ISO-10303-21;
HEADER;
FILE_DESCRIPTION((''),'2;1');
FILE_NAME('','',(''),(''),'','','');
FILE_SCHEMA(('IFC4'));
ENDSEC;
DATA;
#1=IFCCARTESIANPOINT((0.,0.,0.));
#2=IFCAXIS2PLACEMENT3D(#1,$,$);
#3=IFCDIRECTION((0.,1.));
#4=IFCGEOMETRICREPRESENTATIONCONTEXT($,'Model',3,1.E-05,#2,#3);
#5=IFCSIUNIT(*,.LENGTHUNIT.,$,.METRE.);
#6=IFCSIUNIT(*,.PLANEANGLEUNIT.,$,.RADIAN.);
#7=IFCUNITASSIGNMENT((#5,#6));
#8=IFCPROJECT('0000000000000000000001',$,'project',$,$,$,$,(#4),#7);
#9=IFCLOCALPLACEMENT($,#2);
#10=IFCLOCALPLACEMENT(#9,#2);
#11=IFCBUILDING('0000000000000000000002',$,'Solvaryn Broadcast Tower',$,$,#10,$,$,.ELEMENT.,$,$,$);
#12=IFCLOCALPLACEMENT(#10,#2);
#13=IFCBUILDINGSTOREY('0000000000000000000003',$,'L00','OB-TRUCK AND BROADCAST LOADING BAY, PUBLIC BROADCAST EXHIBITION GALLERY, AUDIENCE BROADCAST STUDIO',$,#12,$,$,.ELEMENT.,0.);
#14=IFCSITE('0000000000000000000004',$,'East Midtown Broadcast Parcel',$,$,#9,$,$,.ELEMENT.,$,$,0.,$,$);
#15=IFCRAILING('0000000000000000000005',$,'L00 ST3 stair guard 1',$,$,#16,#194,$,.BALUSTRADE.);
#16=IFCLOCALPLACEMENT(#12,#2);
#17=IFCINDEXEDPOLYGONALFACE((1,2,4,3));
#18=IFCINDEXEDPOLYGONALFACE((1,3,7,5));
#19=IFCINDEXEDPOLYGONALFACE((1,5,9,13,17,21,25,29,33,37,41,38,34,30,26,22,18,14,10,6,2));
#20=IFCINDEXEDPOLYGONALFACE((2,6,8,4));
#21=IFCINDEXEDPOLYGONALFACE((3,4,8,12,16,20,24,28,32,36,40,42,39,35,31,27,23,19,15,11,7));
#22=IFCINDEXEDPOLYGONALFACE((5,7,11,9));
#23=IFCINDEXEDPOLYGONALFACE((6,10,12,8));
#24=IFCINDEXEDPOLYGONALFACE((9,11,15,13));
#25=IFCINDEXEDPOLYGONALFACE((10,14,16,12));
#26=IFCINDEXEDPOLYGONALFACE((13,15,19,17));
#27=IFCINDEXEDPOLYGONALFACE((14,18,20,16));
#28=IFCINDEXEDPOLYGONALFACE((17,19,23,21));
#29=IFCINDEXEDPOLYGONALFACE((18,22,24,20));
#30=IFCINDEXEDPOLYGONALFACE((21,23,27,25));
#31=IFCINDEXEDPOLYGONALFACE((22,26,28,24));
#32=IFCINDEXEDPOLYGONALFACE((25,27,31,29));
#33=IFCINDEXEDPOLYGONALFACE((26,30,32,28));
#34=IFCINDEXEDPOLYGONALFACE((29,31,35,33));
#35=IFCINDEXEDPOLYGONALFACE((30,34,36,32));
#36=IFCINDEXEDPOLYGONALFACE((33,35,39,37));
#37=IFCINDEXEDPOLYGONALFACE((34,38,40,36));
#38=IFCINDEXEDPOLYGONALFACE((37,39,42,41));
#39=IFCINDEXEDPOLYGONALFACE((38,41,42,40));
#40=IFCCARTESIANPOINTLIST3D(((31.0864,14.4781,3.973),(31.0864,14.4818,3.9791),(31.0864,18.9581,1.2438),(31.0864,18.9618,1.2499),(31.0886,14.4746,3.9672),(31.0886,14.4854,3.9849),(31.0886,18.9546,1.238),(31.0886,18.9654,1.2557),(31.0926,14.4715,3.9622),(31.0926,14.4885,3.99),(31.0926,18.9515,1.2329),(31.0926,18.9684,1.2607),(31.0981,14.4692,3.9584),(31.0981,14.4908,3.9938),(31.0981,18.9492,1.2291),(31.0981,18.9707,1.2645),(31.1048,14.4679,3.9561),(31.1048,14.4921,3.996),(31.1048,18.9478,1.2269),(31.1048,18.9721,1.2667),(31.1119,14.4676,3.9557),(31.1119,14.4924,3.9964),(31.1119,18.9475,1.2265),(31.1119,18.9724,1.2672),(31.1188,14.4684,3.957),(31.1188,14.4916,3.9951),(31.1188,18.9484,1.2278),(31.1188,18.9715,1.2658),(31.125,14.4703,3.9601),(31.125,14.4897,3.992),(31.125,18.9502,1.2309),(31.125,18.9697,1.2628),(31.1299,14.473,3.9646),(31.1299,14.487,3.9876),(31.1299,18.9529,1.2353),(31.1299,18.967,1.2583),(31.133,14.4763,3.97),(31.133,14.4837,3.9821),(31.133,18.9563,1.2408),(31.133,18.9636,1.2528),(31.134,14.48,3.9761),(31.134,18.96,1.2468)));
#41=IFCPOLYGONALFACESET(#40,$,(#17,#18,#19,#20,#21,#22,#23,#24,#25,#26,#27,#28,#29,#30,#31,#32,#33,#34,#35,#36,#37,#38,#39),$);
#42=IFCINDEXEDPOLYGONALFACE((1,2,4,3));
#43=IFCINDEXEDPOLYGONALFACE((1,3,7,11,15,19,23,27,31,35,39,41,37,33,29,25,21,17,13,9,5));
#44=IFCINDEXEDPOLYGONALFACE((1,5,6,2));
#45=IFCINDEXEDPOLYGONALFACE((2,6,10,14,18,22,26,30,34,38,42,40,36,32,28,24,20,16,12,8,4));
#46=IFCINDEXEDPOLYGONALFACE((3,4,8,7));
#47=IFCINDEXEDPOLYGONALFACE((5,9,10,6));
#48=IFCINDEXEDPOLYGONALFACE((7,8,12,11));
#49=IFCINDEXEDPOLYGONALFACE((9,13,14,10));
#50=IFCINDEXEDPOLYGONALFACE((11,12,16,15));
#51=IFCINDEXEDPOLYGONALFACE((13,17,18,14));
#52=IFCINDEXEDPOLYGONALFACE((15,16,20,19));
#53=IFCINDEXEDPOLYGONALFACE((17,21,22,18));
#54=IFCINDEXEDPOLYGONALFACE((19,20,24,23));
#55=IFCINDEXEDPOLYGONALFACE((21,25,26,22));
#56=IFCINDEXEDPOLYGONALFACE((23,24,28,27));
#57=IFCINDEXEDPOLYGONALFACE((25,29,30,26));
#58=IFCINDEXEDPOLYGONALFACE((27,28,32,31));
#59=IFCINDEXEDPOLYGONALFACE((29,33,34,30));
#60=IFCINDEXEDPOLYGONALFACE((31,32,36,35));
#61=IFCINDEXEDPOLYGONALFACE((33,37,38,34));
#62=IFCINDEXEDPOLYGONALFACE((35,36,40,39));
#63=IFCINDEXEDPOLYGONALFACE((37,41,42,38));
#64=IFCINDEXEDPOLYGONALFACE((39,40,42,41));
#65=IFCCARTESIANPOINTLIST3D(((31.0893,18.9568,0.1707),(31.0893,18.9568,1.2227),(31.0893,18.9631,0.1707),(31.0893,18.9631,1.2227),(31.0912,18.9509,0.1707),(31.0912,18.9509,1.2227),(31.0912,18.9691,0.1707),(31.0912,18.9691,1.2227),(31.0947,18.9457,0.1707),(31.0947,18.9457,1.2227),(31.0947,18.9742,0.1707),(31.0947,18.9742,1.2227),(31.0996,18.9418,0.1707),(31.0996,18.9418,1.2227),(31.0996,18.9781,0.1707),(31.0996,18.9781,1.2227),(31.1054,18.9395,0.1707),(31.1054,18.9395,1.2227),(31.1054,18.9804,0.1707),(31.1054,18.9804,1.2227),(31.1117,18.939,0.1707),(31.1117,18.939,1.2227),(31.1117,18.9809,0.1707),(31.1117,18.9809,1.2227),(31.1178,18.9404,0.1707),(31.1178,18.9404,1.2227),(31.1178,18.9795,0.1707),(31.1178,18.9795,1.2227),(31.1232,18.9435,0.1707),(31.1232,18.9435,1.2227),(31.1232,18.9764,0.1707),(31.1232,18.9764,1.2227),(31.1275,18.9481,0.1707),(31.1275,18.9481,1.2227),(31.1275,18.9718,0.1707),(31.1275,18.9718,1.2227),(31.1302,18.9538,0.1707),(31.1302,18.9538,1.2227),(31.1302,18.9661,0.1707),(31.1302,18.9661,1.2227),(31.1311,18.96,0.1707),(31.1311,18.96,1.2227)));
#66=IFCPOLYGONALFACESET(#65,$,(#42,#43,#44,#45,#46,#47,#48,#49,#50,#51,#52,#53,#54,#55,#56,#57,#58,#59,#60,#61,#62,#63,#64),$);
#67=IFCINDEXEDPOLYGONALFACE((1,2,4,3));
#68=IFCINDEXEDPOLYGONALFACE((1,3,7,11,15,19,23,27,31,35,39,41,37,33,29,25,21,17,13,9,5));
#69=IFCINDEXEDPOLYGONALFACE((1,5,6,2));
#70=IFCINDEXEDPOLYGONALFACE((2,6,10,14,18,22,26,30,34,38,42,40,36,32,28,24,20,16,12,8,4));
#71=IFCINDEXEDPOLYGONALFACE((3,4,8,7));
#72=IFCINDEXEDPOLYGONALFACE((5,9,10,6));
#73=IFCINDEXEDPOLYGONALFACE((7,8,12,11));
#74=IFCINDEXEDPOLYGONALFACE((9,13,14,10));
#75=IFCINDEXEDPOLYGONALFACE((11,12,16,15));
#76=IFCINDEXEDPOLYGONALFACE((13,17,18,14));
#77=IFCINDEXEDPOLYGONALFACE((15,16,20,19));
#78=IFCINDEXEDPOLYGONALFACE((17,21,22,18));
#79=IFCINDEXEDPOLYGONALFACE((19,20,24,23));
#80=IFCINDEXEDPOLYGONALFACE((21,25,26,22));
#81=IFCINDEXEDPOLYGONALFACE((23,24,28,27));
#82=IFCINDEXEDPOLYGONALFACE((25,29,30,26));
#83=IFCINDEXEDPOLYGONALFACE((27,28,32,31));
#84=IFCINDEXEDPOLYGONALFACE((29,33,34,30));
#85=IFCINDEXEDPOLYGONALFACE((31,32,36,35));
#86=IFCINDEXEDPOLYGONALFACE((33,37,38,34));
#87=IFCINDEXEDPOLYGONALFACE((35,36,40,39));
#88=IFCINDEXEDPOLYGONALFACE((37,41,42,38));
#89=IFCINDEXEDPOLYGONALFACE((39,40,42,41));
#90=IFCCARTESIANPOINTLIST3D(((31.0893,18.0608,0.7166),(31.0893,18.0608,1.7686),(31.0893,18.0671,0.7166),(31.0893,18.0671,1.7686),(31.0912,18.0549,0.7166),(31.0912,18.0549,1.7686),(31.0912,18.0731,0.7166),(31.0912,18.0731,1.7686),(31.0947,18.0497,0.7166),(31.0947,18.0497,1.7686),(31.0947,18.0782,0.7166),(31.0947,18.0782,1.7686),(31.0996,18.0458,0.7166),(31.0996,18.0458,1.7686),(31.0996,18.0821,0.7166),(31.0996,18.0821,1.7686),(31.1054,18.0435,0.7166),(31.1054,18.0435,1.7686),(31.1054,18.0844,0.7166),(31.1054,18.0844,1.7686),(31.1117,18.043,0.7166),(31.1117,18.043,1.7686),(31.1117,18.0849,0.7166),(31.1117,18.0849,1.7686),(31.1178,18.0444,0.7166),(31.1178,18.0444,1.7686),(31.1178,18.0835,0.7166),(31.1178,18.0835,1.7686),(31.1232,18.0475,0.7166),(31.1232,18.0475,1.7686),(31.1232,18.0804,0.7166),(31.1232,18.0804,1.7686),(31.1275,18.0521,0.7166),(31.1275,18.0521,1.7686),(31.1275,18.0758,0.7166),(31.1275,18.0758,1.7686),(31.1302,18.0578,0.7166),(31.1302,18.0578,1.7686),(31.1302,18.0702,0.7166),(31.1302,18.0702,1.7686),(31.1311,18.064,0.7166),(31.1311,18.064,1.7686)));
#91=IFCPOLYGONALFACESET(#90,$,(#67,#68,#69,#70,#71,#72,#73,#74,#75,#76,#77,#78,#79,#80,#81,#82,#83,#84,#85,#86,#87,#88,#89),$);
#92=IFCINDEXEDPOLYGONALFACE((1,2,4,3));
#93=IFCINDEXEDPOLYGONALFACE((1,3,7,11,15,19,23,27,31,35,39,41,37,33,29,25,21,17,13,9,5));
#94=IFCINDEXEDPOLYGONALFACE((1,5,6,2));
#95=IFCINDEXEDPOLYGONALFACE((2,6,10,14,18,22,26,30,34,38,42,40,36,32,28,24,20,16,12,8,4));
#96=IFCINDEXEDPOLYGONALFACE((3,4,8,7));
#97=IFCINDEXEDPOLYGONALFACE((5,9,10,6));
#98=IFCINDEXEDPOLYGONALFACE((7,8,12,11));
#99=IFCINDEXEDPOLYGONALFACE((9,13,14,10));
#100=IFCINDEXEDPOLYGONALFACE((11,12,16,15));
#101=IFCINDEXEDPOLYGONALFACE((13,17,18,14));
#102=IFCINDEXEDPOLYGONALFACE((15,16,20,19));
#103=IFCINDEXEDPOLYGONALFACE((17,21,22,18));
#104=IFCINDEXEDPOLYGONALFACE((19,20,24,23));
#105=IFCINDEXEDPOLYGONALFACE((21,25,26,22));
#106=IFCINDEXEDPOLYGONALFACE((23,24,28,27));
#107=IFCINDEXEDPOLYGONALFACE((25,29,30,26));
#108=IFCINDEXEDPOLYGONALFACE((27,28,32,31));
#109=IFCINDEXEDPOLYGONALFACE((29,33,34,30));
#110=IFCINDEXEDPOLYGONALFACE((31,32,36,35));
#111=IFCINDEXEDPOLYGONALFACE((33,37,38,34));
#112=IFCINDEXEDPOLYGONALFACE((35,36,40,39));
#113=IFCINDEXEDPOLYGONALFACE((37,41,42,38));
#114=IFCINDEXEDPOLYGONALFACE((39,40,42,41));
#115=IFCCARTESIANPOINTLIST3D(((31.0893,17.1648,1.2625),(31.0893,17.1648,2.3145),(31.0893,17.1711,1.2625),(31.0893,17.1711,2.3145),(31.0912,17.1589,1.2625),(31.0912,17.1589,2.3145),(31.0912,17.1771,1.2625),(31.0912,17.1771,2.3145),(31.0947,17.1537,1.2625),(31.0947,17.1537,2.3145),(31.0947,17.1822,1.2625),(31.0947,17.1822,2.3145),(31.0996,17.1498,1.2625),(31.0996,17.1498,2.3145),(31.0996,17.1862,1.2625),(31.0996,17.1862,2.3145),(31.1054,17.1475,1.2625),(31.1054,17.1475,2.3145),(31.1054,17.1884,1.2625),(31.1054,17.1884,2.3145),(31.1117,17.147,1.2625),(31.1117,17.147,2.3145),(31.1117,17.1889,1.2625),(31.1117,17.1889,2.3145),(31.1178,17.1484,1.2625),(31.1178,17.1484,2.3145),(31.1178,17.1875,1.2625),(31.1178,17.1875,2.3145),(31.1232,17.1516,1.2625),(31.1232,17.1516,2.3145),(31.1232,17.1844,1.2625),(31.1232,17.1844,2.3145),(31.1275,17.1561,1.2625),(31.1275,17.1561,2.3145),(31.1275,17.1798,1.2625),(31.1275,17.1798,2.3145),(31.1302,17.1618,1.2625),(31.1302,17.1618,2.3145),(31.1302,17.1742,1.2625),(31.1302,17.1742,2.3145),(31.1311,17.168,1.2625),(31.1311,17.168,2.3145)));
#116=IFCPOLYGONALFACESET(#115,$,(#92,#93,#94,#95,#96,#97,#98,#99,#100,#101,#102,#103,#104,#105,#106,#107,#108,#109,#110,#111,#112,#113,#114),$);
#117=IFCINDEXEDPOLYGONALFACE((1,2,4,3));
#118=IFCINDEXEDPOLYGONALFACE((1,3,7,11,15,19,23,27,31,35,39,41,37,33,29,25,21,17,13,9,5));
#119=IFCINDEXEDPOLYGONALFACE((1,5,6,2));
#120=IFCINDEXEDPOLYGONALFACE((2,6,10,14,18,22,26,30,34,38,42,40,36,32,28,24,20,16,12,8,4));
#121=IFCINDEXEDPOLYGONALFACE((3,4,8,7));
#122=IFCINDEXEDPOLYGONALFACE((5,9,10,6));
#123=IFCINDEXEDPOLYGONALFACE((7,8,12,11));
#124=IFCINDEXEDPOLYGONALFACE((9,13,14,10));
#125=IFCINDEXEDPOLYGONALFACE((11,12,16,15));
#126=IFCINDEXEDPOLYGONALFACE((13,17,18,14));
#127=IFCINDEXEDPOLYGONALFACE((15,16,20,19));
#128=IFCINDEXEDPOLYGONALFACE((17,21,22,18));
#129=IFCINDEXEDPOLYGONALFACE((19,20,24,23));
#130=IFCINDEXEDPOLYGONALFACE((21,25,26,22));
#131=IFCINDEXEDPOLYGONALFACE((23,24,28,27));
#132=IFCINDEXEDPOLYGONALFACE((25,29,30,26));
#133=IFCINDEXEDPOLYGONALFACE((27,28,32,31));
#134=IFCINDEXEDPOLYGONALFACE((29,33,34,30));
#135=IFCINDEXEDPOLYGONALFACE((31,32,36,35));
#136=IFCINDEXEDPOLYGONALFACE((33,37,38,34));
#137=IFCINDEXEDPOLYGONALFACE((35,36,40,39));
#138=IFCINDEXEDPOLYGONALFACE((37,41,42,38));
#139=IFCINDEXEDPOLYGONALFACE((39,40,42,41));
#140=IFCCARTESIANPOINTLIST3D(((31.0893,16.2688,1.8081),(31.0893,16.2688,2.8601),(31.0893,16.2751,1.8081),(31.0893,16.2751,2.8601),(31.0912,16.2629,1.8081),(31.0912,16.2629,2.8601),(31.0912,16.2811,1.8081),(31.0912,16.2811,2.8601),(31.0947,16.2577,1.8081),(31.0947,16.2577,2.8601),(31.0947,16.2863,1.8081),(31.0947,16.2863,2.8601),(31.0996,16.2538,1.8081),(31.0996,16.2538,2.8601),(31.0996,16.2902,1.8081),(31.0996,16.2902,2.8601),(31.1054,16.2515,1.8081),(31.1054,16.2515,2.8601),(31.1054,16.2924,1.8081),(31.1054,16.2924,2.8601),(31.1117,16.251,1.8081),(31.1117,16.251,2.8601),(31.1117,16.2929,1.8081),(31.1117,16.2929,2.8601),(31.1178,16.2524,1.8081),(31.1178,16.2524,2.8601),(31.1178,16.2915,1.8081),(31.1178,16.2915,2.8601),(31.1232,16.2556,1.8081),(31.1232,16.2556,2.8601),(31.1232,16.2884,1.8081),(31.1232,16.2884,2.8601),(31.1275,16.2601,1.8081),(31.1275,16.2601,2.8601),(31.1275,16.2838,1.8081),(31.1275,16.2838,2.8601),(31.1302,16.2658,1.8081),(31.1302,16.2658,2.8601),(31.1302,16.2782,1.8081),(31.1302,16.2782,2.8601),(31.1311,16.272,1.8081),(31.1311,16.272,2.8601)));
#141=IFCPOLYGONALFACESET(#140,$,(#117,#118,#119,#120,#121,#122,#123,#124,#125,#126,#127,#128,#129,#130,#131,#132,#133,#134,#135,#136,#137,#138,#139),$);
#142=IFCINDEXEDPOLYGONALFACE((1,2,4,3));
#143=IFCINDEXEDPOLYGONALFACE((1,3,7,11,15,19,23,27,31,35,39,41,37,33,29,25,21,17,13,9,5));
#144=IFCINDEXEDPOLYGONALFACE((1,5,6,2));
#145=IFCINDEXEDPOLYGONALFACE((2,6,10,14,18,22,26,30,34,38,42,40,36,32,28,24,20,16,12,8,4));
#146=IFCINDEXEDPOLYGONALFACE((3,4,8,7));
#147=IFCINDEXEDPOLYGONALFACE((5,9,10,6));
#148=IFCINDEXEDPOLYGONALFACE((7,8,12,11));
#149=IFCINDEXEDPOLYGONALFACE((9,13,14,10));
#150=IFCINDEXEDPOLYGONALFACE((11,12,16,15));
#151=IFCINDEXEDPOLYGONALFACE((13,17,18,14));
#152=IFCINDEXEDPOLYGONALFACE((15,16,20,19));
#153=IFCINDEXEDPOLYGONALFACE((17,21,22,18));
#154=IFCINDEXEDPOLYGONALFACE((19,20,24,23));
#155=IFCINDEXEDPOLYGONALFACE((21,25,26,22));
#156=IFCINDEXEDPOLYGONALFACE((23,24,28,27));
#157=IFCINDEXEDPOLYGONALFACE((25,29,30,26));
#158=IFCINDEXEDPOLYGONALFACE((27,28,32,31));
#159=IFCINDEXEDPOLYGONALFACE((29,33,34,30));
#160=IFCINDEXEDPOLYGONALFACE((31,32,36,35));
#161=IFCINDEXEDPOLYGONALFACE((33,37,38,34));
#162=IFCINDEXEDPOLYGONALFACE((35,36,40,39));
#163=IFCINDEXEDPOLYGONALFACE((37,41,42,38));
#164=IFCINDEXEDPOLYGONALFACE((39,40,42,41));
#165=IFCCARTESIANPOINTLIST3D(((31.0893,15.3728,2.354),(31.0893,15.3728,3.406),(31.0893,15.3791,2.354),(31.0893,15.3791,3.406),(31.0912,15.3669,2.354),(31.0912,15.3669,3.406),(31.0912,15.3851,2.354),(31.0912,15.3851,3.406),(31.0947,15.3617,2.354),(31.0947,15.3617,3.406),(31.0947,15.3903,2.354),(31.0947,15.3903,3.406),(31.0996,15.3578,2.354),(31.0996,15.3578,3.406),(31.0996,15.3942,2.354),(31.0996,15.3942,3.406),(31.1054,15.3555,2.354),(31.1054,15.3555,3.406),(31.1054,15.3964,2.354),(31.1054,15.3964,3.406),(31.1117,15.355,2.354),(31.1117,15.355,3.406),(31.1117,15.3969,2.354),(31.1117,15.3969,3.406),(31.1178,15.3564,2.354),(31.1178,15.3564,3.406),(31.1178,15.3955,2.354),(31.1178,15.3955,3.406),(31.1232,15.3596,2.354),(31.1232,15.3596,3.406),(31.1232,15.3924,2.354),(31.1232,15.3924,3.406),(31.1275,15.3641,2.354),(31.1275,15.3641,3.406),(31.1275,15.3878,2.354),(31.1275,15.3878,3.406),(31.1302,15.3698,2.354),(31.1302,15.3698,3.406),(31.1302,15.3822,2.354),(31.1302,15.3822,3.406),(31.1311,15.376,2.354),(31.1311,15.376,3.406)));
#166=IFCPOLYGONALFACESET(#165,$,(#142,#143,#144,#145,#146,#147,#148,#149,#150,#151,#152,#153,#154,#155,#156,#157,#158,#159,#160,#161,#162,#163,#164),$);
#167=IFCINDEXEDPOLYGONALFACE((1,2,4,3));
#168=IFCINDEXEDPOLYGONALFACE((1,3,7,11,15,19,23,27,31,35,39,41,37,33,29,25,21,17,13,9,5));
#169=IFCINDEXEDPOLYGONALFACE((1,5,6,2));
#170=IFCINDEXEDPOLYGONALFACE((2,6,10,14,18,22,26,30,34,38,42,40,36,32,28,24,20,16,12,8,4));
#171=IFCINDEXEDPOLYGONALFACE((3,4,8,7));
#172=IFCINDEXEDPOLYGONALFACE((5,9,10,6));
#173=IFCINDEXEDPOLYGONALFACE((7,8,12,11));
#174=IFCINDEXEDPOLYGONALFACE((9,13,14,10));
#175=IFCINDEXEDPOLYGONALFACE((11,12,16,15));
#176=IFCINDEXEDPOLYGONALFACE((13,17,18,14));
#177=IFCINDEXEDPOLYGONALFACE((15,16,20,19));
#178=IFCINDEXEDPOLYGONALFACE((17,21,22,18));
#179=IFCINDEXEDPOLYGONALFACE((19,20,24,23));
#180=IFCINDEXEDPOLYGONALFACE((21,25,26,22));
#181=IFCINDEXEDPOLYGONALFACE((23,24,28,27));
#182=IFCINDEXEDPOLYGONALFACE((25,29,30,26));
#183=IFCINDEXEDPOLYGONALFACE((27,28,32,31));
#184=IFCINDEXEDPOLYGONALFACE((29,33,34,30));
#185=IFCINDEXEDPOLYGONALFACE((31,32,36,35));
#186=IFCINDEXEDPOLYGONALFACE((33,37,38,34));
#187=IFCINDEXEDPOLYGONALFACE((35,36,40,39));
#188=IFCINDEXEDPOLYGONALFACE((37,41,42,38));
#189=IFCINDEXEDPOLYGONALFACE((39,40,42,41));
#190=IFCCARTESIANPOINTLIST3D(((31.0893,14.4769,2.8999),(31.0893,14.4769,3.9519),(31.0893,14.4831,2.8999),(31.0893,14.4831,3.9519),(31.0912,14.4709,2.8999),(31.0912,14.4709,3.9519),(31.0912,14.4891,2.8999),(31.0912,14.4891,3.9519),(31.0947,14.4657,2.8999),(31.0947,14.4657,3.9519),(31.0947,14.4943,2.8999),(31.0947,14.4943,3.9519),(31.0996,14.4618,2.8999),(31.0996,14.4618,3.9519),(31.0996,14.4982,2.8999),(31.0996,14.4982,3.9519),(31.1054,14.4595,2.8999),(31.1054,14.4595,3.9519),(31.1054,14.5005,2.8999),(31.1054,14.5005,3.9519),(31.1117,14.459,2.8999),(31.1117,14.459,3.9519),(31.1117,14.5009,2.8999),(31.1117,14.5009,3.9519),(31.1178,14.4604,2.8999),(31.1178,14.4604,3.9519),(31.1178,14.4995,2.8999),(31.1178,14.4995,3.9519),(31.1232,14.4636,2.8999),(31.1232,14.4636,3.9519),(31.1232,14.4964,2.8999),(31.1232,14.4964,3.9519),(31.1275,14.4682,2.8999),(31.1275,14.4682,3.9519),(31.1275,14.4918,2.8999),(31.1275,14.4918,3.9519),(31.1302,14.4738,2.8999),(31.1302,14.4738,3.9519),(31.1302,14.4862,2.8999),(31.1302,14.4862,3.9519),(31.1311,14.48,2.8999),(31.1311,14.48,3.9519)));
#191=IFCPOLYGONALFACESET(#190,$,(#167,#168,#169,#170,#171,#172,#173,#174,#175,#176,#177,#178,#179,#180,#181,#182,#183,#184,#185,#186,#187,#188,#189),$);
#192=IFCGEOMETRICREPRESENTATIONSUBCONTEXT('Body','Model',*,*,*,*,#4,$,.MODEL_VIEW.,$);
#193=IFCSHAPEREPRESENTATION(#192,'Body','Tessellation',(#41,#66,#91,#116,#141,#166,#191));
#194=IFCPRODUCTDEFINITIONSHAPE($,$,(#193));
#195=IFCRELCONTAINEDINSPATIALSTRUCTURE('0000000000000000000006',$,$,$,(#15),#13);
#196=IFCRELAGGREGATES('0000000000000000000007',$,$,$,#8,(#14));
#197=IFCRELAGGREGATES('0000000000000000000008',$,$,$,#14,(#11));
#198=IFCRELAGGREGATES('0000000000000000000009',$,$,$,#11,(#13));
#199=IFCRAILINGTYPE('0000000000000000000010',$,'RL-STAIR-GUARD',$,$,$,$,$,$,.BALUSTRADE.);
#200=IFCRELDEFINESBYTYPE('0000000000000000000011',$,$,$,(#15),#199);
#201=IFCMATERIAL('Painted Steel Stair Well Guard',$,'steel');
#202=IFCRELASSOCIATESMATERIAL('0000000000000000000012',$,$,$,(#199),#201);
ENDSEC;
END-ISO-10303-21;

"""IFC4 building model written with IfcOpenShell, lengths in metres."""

from ifc_helpers import new_model, si_unit, direction, frame, origin, origin_2d, place, context, subcontext, project, spatial, circle, extrude, material, type_object, element, save


model = new_model("IFC4")

# Units and contexts
model_context = context("Model", 3, precision=1e-05, world=origin(), true_north=direction((0.0, 1.0)))
body_context = subcontext(model_context, "Body", "Model", "MODEL_VIEW")
ifc_project = project(units=[si_unit("LENGTHUNIT", "METRE"), si_unit("PLANEANGLEUNIT", "RADIAN")], contexts=[model_context])

# Site, building, storey
site_placement = place(None, origin())
site = spatial("IfcSite", under=ifc_project, at=site_placement, Name="East Midtown Broadcast Parcel", CompositionType="ELEMENT", RefElevation=0.0)
building_placement = place(site_placement, origin())
building = spatial("IfcBuilding", under=site, at=building_placement, Name="Solvaryn Broadcast Tower", CompositionType="ELEMENT")
storey_placement = place(building_placement, origin())
storey = spatial("IfcBuildingStorey", under=building, at=storey_placement, Name="L00", Description="OB-TRUCK AND BROADCAST LOADING BAY, PUBLIC BROADCAST EXHIBITION GALLERY, AUDIENCE BROADCAST STUDIO", CompositionType="ELEMENT", Elevation=0.0)

# Railing
ifc_material_1 = material(Name="Painted Steel Stair Well Guard", Category="steel")
railing_type_1 = type_object("IfcRailingType", Name="RL-STAIR-GUARD", PredefinedType="BALUSTRADE", material=ifc_material_1)
railing_1_placement = place(storey_placement, frame((31.1101, 18.96, 0.1707)))
element("IfcRailing", 1, at=railing_1_placement, inside=storey, type_object=railing_type_1, Name="L00 ST3 stair guard 1", PredefinedType="BALUSTRADE", context=body_context, shape_type="SweptSolid", body=[
    extrude(circle(Radius=0.0239, at=origin_2d()), frame((0.0, 0.0, 1.0762), z_axis=(0.0, -0.854003, 0.520267), x_axis=(1.0, 0.0, 0.0)), (0.0, 0.0, 1.0), 5.2458),
    extrude(circle(Radius=0.021, at=origin_2d()), origin(), (0.0, 0.0, 1.0), 1.052),
    extrude(circle(Radius=0.021, at=origin_2d()), frame((0.0, -0.896, 0.5459)), (0.0, 0.0, 1.0), 1.052),
    extrude(circle(Radius=0.021, at=origin_2d()), frame((0.0, -1.792, 1.0918)), (0.0, 0.0, 1.0), 1.052),
    extrude(circle(Radius=0.021, at=origin_2d()), frame((0.0, -2.688, 1.6375)), (0.0, 0.0, 1.0), 1.052),
    extrude(circle(Radius=0.021, at=origin_2d()), frame((0.0, -3.584, 2.1833)), (0.0, 0.0, 1.0), 1.052),
    extrude(circle(Radius=0.021, at=origin_2d()), frame((0.0, -4.48, 2.7292)), (0.0, 0.0, 1.0), 1.052),
])

save(model, "model.ifc")
